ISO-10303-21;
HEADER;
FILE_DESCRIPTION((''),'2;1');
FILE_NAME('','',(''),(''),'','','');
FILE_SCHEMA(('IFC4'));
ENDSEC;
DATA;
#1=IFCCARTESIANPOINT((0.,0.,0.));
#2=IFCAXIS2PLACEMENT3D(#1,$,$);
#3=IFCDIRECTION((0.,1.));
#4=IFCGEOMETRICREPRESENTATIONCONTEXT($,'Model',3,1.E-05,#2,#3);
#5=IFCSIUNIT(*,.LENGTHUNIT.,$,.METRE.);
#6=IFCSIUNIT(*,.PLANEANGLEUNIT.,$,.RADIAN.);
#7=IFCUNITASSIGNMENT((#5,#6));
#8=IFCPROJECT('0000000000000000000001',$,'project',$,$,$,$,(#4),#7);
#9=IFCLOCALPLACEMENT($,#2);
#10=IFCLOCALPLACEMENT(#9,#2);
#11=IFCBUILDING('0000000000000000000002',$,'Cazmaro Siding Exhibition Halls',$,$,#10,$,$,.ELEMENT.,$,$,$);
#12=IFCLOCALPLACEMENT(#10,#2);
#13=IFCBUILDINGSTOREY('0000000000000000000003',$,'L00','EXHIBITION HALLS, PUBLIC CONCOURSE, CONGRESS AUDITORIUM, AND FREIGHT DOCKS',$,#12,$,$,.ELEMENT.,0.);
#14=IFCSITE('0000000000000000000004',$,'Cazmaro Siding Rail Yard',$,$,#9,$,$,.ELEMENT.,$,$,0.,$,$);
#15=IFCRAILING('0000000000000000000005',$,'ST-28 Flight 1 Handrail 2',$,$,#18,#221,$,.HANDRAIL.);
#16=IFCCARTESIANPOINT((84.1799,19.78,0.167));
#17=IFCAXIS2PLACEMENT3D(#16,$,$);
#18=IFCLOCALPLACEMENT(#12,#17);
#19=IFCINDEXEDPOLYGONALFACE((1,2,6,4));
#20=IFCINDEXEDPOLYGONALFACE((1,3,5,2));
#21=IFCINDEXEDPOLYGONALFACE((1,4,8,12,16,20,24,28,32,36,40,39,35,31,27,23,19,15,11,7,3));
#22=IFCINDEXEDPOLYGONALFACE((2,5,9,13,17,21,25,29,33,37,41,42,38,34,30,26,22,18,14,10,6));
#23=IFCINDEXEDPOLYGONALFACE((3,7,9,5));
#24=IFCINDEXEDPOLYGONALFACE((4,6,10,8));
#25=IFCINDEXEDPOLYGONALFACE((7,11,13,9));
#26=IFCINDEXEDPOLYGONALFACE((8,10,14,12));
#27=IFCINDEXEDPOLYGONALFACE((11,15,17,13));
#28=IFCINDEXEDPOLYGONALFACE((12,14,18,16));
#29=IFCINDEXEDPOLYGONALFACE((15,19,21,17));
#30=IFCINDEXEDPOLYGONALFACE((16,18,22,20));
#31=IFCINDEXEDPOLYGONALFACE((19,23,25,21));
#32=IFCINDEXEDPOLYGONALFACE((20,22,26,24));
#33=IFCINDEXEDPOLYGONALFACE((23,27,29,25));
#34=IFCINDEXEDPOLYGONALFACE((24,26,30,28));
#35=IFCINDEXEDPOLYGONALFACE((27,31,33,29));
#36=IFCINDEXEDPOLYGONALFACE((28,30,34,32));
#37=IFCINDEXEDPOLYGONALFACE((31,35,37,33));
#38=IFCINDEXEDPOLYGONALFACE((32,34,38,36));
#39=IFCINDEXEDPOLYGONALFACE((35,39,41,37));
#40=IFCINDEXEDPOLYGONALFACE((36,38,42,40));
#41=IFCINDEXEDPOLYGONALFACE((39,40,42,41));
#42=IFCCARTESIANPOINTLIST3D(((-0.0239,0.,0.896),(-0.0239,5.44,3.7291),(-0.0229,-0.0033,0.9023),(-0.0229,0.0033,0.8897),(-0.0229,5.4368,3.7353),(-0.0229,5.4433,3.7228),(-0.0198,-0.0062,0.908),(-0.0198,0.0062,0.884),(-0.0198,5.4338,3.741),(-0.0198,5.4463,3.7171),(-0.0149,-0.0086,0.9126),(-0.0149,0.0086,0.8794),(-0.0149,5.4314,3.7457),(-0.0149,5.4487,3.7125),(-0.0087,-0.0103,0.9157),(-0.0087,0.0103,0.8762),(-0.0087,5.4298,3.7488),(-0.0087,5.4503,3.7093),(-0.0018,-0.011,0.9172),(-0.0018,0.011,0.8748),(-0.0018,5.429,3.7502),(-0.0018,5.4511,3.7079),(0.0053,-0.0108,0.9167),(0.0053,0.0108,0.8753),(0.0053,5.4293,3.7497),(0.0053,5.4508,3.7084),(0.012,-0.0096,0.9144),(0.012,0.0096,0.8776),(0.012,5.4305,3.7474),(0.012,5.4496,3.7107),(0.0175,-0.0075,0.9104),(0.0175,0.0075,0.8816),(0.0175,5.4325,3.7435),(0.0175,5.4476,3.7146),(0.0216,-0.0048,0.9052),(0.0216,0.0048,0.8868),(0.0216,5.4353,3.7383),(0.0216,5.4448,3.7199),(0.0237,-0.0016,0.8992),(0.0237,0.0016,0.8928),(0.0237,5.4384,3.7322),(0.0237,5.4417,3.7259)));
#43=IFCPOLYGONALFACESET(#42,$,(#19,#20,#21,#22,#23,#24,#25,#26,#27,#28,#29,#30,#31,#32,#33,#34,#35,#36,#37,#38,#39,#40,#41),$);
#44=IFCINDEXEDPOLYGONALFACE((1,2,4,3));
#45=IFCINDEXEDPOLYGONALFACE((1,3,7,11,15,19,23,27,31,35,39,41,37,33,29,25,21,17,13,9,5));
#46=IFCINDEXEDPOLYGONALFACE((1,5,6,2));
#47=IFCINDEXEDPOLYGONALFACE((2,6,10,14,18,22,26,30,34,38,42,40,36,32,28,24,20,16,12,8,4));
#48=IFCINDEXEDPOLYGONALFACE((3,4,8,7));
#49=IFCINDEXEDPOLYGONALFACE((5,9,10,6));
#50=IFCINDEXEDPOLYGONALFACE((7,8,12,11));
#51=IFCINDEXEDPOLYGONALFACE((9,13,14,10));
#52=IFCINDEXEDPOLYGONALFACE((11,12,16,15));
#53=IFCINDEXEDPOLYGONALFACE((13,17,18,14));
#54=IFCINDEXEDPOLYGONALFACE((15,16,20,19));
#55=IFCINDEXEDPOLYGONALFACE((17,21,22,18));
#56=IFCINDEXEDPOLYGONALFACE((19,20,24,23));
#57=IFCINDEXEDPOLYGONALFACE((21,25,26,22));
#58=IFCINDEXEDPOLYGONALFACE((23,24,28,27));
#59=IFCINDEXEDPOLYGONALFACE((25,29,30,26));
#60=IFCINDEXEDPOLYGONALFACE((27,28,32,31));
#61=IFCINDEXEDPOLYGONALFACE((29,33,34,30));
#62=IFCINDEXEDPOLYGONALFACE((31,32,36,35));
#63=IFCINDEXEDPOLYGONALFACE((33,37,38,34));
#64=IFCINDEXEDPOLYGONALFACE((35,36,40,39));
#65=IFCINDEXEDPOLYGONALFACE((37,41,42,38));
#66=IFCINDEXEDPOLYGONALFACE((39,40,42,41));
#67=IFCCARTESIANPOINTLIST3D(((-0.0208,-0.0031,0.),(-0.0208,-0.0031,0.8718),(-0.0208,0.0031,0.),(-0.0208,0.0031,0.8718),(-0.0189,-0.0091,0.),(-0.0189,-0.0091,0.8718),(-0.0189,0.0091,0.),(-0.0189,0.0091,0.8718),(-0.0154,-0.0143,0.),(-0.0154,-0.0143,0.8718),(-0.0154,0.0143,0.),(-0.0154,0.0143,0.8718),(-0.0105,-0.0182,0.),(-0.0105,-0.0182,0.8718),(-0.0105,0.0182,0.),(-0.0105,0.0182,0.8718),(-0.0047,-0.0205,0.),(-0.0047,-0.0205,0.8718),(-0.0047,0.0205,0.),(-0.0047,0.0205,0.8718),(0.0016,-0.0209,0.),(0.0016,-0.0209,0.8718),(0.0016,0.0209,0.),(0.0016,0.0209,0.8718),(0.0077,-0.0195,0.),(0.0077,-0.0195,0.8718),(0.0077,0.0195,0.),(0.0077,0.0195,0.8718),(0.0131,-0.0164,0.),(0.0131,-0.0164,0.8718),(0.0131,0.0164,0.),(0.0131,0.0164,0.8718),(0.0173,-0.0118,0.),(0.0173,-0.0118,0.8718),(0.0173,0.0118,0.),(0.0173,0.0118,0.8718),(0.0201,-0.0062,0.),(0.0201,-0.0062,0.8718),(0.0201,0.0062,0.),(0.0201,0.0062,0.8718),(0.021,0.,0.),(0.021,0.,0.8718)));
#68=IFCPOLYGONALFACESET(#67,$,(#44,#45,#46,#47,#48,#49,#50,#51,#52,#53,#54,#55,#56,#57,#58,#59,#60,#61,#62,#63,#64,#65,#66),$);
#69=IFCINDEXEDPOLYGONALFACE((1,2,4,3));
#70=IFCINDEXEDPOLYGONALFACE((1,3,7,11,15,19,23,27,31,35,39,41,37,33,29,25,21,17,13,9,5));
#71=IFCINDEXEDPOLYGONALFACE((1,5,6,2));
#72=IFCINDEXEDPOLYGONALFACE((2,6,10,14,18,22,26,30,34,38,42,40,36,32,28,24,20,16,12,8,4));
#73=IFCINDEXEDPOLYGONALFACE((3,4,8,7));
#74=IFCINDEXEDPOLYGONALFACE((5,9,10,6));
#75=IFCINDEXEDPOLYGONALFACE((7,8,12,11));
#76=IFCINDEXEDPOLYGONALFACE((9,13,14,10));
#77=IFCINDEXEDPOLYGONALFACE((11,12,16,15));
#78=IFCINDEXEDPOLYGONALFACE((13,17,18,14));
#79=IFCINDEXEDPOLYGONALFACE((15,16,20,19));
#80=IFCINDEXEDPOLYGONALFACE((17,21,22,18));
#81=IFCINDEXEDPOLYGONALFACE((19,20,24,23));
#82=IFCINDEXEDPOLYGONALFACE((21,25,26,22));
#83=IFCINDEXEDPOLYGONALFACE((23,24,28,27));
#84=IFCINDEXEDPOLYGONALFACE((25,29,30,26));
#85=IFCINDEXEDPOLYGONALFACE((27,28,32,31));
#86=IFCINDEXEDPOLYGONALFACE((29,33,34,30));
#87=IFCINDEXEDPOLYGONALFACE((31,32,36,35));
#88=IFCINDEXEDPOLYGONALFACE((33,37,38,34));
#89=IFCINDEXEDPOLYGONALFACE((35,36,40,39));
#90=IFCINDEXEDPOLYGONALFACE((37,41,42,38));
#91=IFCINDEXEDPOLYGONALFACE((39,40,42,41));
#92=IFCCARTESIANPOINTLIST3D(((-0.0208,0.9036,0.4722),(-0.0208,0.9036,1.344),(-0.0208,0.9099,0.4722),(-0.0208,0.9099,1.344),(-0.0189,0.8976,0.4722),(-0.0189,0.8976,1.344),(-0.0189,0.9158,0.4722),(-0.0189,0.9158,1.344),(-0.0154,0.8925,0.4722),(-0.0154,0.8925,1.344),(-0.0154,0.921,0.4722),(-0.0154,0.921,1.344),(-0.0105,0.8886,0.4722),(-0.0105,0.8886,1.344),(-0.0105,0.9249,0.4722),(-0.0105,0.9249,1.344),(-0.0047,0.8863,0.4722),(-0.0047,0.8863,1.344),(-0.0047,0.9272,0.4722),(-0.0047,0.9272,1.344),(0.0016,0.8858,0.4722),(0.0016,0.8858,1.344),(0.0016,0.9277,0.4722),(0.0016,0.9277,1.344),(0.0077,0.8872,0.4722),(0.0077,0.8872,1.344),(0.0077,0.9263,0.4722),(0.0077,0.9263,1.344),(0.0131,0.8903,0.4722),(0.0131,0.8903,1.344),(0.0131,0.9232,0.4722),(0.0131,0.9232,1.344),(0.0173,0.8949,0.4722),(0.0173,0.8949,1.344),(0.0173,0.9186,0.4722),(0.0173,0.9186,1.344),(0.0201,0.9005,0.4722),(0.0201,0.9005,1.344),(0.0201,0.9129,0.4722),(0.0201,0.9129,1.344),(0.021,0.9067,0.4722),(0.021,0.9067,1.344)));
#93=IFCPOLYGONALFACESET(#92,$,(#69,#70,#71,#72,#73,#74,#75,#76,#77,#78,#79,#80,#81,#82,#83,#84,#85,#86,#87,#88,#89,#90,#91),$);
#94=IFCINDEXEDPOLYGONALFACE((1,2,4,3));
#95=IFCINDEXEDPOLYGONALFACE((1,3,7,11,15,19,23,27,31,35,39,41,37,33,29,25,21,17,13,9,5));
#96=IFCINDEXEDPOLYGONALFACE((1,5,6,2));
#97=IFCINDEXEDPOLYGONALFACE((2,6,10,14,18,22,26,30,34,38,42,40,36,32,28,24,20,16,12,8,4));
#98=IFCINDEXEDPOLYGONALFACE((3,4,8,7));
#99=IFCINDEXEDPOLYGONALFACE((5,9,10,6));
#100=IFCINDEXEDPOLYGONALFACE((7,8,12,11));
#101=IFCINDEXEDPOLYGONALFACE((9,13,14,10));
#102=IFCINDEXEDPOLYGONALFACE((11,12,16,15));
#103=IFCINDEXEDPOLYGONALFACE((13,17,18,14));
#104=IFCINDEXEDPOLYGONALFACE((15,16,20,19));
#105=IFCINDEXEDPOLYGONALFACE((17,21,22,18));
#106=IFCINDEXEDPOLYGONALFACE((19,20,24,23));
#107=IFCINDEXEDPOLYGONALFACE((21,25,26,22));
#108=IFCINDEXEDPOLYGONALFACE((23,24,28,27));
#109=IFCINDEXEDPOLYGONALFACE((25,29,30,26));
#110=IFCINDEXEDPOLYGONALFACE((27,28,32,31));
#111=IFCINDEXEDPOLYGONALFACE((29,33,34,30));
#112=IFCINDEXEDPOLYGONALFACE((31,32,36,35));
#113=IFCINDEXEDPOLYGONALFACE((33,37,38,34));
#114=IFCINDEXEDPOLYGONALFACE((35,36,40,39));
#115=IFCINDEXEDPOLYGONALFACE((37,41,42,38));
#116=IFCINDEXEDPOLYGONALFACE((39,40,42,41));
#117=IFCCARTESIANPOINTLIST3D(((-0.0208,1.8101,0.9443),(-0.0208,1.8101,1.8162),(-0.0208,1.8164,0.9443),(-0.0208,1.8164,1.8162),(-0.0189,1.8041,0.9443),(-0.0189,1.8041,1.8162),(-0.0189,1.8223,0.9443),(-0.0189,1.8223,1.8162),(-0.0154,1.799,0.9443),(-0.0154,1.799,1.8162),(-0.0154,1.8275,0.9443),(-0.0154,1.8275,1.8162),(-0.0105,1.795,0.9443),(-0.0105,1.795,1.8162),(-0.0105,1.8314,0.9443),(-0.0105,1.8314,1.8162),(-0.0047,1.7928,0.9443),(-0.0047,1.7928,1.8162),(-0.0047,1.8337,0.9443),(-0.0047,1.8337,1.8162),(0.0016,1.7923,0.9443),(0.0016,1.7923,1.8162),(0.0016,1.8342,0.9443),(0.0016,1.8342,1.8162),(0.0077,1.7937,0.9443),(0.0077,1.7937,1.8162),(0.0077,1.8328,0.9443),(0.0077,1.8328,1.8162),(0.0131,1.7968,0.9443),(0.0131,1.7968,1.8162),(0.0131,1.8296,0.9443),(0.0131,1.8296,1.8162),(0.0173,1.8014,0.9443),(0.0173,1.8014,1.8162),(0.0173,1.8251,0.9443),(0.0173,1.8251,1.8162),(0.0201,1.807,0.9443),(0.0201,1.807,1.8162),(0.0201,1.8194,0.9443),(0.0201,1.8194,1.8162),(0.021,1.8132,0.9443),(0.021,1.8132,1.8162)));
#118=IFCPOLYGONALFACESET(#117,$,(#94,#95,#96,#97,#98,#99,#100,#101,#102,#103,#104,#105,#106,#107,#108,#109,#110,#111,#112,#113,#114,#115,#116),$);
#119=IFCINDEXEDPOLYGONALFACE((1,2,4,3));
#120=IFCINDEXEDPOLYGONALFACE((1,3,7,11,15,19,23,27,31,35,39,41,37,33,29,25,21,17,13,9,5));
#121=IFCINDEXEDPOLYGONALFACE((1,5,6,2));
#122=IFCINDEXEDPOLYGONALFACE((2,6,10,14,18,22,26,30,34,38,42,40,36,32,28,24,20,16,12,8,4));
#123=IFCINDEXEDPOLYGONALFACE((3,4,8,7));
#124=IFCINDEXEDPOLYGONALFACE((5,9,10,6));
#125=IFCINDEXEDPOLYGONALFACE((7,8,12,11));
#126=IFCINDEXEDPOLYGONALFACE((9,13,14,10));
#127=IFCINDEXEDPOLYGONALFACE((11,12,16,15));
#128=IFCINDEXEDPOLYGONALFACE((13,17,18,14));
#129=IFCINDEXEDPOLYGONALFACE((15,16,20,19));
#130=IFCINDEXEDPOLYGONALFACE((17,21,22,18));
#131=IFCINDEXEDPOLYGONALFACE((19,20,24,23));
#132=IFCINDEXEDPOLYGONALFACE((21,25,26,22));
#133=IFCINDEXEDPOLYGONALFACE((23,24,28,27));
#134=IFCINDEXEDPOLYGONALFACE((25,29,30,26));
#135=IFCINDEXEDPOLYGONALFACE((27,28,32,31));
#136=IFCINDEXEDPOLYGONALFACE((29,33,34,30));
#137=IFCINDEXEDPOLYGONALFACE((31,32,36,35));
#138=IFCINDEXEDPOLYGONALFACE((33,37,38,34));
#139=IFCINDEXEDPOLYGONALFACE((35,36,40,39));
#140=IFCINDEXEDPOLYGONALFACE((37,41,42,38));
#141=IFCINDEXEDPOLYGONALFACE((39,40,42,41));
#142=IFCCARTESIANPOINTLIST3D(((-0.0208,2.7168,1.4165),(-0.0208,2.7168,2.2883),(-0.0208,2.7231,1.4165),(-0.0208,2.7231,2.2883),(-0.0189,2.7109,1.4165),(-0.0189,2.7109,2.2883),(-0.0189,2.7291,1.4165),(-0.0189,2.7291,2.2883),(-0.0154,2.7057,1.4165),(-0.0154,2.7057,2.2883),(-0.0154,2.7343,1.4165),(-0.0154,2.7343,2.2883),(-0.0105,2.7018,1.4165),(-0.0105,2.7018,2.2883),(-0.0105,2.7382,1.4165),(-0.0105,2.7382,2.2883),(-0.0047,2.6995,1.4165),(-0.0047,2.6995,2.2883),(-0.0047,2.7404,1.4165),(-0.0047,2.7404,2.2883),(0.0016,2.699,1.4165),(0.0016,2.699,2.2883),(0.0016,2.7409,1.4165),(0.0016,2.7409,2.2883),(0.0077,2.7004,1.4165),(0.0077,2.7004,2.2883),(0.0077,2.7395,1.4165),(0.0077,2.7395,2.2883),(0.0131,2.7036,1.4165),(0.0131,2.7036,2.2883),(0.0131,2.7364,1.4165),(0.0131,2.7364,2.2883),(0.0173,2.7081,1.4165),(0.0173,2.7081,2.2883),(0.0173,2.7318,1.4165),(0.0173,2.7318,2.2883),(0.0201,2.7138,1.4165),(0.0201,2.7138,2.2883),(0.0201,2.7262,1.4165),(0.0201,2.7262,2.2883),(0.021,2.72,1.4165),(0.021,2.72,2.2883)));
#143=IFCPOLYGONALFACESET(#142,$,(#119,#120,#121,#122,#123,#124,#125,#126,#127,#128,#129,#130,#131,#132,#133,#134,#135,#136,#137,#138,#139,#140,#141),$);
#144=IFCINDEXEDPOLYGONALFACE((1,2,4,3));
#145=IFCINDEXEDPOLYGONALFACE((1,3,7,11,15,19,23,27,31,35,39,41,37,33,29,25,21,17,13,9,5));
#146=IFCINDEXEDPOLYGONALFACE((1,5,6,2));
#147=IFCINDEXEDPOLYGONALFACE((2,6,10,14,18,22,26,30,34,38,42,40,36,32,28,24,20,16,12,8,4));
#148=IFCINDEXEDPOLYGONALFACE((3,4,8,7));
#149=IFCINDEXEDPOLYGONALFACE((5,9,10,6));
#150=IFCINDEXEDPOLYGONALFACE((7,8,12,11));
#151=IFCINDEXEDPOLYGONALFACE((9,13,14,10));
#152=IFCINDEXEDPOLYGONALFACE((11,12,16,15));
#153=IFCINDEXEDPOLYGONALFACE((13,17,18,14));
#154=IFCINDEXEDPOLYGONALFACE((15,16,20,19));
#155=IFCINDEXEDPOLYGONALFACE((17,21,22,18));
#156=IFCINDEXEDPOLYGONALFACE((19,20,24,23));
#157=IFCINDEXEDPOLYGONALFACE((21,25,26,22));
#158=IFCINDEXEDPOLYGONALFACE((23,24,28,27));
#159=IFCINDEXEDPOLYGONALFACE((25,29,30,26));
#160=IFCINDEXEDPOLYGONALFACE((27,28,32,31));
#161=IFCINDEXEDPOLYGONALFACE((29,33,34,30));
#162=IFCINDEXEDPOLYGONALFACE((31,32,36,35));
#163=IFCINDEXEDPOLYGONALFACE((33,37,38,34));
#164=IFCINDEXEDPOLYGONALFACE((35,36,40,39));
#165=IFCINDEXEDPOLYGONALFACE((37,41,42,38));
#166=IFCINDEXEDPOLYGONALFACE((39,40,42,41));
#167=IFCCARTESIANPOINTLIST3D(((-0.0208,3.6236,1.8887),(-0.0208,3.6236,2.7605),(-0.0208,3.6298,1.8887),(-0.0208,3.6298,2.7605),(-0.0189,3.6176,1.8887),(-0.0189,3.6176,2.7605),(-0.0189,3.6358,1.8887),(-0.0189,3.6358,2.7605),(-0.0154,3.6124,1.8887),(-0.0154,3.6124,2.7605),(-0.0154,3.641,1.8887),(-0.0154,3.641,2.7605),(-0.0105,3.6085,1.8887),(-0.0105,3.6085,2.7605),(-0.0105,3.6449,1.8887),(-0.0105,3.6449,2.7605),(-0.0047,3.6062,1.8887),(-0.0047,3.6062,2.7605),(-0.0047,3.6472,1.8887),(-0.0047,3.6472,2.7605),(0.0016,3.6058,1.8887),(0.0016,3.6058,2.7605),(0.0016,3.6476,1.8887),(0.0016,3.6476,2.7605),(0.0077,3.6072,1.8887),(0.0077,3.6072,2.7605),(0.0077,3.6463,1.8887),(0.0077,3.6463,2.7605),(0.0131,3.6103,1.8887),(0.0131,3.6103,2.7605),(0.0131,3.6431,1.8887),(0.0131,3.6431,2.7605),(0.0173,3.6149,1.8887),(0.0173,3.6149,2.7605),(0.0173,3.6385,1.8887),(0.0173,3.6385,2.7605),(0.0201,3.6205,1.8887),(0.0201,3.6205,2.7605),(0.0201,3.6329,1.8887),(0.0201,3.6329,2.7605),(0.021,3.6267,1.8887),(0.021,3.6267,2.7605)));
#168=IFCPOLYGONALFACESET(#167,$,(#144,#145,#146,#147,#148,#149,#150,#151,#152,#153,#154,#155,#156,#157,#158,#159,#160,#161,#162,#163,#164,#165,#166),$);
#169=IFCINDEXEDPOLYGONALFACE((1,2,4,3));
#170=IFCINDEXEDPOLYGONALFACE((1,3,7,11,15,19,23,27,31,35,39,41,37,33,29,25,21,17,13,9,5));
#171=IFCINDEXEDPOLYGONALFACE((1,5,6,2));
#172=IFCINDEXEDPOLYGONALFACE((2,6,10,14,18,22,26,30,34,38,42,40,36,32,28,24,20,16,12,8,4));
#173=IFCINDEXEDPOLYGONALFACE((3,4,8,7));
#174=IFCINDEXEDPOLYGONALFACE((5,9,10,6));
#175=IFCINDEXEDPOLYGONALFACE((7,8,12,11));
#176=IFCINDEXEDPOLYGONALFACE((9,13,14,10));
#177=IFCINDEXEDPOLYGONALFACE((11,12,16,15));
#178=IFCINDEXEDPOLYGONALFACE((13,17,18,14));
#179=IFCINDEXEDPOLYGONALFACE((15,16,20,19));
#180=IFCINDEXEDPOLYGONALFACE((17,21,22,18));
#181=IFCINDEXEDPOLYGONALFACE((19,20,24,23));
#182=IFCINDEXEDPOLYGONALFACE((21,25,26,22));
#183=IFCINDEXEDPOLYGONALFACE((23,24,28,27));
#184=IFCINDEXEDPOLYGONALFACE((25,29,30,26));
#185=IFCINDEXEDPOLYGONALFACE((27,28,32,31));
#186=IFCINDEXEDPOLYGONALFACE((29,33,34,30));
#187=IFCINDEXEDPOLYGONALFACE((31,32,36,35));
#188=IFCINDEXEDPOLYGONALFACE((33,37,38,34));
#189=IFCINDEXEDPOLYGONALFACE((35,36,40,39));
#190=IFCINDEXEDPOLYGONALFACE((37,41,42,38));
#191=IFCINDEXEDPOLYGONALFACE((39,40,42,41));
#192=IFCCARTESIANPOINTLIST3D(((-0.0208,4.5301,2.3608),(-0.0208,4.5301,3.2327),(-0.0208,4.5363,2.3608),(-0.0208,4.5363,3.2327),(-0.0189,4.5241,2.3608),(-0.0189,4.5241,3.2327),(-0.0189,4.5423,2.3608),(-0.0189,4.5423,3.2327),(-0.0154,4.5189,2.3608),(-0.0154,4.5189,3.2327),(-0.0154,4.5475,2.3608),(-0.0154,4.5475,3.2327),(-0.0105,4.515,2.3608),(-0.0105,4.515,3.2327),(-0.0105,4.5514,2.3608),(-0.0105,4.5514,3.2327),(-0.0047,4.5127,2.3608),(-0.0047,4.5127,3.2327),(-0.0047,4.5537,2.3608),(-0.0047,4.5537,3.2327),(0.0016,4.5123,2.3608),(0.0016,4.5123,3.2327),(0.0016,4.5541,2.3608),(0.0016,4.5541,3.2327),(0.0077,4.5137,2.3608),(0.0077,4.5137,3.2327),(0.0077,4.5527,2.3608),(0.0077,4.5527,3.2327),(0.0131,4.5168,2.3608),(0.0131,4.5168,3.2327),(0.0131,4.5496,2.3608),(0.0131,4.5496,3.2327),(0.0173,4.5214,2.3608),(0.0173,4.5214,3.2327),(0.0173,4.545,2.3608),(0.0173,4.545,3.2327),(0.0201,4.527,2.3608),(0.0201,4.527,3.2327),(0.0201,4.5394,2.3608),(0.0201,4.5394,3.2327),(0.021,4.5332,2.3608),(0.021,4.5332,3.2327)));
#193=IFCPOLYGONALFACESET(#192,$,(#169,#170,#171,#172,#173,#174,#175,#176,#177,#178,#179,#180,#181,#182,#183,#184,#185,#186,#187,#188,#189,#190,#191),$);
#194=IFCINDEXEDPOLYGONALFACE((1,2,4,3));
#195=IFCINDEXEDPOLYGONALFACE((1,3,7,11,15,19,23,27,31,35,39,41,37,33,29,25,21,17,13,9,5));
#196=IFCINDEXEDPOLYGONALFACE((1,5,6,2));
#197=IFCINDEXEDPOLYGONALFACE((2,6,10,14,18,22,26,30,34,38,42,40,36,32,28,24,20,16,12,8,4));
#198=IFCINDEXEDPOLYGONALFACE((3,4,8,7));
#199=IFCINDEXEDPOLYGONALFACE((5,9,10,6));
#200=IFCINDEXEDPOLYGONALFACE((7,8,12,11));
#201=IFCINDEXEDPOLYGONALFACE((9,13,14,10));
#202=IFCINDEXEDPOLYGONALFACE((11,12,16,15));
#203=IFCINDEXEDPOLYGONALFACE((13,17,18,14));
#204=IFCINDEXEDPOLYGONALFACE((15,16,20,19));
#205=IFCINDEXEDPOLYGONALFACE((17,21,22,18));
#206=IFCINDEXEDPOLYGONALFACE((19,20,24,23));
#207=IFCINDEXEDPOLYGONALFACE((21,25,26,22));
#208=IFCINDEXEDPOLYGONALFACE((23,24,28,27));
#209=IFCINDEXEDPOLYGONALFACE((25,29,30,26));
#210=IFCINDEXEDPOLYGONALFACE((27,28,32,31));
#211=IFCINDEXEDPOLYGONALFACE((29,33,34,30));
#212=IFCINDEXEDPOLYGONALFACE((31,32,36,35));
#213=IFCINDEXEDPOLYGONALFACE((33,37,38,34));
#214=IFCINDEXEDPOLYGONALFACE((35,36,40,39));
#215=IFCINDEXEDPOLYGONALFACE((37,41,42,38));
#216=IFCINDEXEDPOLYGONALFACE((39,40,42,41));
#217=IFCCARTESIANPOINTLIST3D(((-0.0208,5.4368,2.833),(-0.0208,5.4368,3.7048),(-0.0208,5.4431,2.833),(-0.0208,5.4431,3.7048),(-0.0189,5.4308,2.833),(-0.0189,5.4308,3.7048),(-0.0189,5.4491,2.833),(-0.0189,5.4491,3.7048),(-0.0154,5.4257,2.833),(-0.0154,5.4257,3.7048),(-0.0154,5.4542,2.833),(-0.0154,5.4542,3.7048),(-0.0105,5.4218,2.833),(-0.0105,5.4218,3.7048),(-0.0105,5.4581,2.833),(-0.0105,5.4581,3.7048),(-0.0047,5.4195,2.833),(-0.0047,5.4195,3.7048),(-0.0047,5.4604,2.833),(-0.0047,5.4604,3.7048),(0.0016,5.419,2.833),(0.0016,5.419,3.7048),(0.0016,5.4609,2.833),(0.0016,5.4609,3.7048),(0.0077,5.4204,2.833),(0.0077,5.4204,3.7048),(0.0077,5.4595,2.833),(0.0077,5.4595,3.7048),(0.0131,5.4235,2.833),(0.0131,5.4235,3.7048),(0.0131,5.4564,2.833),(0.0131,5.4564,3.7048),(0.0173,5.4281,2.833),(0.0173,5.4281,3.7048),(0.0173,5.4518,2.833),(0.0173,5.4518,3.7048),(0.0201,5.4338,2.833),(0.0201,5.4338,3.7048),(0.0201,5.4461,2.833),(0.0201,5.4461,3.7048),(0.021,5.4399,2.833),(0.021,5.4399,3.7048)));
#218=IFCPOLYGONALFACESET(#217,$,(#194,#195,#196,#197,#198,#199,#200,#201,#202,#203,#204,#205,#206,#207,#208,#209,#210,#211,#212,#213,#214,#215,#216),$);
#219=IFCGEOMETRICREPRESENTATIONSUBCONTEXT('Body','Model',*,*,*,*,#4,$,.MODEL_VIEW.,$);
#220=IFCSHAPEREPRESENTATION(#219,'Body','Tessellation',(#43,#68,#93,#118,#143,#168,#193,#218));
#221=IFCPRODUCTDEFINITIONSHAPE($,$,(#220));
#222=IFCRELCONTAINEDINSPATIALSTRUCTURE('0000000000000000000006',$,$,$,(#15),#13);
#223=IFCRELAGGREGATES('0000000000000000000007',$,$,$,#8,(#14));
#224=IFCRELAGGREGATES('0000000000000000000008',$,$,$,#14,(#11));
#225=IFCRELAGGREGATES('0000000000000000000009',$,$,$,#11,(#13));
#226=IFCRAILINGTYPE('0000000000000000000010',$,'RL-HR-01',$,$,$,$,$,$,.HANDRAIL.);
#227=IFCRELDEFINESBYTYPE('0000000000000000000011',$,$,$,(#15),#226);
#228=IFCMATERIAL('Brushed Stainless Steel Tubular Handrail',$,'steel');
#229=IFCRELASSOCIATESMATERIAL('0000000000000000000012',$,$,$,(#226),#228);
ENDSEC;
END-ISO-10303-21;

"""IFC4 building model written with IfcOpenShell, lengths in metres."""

from ifc_helpers import new_model, si_unit, direction, frame, origin, origin_2d, place, context, subcontext, project, spatial, circle, extrude, material, type_object, element, save


model = new_model("IFC4")

# Units and contexts
model_context = context("Model", 3, precision=1e-05, world=origin(), true_north=direction((0.0, 1.0)))
body_context = subcontext(model_context, "Body", "Model", "MODEL_VIEW")
ifc_project = project(units=[si_unit("LENGTHUNIT", "METRE"), si_unit("PLANEANGLEUNIT", "RADIAN")], contexts=[model_context])

# Site, building, storey
site_placement = place(None, origin())
site = spatial("IfcSite", under=ifc_project, at=site_placement, Name="Cazmaro Siding Rail Yard", CompositionType="ELEMENT", RefElevation=0.0)
building_placement = place(site_placement, origin())
building = spatial("IfcBuilding", under=site, at=building_placement, Name="Cazmaro Siding Exhibition Halls", CompositionType="ELEMENT")
storey_placement = place(building_placement, origin())
storey = spatial("IfcBuildingStorey", under=building, at=storey_placement, Name="L00", Description="EXHIBITION HALLS, PUBLIC CONCOURSE, CONGRESS AUDITORIUM, AND FREIGHT DOCKS", CompositionType="ELEMENT", Elevation=0.0)

# Railing
ifc_material_1 = material(Name="Brushed Stainless Steel Tubular Handrail", Category="steel")
railing_type_1 = type_object("IfcRailingType", Name="RL-HR-01", PredefinedType="HANDRAIL", material=ifc_material_1)
railing_1_placement = place(storey_placement, frame((84.1799, 19.78, 0.167)))
element("IfcRailing", 1, at=railing_1_placement, inside=storey, type_object=railing_type_1, Name="ST-28 Flight 1 Handrail 2", PredefinedType="HANDRAIL", context=body_context, shape_type="SweptSolid", body=[
    extrude(circle(Radius=0.0239, at=origin_2d()), frame((0.0, 0.0, 0.896), z_axis=(0.0, 0.886934, 0.461897), x_axis=(-1.0, 0.0, 0.0)), (0.0, 0.0, 1.0), 6.1335),
    extrude(circle(Radius=0.021, at=origin_2d()), origin(), (0.0, 0.0, 1.0), 0.8718),
    extrude(circle(Radius=0.021, at=origin_2d()), frame((0.0, 0.9067, 0.4722)), (0.0, 0.0, 1.0), 0.8718),
    extrude(circle(Radius=0.021, at=origin_2d()), frame((0.0, 1.8132, 0.9443)), (0.0, 0.0, 1.0), 0.8718),
    extrude(circle(Radius=0.021, at=origin_2d()), frame((0.0, 2.72, 1.4165)), (0.0, 0.0, 1.0), 0.8718),
    extrude(circle(Radius=0.021, at=origin_2d()), frame((0.0, 3.6267, 1.8887)), (0.0, 0.0, 1.0), 0.8718),
    extrude(circle(Radius=0.021, at=origin_2d()), frame((0.0, 4.5332, 2.3608)), (0.0, 0.0, 1.0), 0.8718),
    extrude(circle(Radius=0.021, at=origin_2d()), frame((0.0, 5.4399, 2.833)), (0.0, 0.0, 1.0), 0.8718),
])

save(model, "model.ifc")
